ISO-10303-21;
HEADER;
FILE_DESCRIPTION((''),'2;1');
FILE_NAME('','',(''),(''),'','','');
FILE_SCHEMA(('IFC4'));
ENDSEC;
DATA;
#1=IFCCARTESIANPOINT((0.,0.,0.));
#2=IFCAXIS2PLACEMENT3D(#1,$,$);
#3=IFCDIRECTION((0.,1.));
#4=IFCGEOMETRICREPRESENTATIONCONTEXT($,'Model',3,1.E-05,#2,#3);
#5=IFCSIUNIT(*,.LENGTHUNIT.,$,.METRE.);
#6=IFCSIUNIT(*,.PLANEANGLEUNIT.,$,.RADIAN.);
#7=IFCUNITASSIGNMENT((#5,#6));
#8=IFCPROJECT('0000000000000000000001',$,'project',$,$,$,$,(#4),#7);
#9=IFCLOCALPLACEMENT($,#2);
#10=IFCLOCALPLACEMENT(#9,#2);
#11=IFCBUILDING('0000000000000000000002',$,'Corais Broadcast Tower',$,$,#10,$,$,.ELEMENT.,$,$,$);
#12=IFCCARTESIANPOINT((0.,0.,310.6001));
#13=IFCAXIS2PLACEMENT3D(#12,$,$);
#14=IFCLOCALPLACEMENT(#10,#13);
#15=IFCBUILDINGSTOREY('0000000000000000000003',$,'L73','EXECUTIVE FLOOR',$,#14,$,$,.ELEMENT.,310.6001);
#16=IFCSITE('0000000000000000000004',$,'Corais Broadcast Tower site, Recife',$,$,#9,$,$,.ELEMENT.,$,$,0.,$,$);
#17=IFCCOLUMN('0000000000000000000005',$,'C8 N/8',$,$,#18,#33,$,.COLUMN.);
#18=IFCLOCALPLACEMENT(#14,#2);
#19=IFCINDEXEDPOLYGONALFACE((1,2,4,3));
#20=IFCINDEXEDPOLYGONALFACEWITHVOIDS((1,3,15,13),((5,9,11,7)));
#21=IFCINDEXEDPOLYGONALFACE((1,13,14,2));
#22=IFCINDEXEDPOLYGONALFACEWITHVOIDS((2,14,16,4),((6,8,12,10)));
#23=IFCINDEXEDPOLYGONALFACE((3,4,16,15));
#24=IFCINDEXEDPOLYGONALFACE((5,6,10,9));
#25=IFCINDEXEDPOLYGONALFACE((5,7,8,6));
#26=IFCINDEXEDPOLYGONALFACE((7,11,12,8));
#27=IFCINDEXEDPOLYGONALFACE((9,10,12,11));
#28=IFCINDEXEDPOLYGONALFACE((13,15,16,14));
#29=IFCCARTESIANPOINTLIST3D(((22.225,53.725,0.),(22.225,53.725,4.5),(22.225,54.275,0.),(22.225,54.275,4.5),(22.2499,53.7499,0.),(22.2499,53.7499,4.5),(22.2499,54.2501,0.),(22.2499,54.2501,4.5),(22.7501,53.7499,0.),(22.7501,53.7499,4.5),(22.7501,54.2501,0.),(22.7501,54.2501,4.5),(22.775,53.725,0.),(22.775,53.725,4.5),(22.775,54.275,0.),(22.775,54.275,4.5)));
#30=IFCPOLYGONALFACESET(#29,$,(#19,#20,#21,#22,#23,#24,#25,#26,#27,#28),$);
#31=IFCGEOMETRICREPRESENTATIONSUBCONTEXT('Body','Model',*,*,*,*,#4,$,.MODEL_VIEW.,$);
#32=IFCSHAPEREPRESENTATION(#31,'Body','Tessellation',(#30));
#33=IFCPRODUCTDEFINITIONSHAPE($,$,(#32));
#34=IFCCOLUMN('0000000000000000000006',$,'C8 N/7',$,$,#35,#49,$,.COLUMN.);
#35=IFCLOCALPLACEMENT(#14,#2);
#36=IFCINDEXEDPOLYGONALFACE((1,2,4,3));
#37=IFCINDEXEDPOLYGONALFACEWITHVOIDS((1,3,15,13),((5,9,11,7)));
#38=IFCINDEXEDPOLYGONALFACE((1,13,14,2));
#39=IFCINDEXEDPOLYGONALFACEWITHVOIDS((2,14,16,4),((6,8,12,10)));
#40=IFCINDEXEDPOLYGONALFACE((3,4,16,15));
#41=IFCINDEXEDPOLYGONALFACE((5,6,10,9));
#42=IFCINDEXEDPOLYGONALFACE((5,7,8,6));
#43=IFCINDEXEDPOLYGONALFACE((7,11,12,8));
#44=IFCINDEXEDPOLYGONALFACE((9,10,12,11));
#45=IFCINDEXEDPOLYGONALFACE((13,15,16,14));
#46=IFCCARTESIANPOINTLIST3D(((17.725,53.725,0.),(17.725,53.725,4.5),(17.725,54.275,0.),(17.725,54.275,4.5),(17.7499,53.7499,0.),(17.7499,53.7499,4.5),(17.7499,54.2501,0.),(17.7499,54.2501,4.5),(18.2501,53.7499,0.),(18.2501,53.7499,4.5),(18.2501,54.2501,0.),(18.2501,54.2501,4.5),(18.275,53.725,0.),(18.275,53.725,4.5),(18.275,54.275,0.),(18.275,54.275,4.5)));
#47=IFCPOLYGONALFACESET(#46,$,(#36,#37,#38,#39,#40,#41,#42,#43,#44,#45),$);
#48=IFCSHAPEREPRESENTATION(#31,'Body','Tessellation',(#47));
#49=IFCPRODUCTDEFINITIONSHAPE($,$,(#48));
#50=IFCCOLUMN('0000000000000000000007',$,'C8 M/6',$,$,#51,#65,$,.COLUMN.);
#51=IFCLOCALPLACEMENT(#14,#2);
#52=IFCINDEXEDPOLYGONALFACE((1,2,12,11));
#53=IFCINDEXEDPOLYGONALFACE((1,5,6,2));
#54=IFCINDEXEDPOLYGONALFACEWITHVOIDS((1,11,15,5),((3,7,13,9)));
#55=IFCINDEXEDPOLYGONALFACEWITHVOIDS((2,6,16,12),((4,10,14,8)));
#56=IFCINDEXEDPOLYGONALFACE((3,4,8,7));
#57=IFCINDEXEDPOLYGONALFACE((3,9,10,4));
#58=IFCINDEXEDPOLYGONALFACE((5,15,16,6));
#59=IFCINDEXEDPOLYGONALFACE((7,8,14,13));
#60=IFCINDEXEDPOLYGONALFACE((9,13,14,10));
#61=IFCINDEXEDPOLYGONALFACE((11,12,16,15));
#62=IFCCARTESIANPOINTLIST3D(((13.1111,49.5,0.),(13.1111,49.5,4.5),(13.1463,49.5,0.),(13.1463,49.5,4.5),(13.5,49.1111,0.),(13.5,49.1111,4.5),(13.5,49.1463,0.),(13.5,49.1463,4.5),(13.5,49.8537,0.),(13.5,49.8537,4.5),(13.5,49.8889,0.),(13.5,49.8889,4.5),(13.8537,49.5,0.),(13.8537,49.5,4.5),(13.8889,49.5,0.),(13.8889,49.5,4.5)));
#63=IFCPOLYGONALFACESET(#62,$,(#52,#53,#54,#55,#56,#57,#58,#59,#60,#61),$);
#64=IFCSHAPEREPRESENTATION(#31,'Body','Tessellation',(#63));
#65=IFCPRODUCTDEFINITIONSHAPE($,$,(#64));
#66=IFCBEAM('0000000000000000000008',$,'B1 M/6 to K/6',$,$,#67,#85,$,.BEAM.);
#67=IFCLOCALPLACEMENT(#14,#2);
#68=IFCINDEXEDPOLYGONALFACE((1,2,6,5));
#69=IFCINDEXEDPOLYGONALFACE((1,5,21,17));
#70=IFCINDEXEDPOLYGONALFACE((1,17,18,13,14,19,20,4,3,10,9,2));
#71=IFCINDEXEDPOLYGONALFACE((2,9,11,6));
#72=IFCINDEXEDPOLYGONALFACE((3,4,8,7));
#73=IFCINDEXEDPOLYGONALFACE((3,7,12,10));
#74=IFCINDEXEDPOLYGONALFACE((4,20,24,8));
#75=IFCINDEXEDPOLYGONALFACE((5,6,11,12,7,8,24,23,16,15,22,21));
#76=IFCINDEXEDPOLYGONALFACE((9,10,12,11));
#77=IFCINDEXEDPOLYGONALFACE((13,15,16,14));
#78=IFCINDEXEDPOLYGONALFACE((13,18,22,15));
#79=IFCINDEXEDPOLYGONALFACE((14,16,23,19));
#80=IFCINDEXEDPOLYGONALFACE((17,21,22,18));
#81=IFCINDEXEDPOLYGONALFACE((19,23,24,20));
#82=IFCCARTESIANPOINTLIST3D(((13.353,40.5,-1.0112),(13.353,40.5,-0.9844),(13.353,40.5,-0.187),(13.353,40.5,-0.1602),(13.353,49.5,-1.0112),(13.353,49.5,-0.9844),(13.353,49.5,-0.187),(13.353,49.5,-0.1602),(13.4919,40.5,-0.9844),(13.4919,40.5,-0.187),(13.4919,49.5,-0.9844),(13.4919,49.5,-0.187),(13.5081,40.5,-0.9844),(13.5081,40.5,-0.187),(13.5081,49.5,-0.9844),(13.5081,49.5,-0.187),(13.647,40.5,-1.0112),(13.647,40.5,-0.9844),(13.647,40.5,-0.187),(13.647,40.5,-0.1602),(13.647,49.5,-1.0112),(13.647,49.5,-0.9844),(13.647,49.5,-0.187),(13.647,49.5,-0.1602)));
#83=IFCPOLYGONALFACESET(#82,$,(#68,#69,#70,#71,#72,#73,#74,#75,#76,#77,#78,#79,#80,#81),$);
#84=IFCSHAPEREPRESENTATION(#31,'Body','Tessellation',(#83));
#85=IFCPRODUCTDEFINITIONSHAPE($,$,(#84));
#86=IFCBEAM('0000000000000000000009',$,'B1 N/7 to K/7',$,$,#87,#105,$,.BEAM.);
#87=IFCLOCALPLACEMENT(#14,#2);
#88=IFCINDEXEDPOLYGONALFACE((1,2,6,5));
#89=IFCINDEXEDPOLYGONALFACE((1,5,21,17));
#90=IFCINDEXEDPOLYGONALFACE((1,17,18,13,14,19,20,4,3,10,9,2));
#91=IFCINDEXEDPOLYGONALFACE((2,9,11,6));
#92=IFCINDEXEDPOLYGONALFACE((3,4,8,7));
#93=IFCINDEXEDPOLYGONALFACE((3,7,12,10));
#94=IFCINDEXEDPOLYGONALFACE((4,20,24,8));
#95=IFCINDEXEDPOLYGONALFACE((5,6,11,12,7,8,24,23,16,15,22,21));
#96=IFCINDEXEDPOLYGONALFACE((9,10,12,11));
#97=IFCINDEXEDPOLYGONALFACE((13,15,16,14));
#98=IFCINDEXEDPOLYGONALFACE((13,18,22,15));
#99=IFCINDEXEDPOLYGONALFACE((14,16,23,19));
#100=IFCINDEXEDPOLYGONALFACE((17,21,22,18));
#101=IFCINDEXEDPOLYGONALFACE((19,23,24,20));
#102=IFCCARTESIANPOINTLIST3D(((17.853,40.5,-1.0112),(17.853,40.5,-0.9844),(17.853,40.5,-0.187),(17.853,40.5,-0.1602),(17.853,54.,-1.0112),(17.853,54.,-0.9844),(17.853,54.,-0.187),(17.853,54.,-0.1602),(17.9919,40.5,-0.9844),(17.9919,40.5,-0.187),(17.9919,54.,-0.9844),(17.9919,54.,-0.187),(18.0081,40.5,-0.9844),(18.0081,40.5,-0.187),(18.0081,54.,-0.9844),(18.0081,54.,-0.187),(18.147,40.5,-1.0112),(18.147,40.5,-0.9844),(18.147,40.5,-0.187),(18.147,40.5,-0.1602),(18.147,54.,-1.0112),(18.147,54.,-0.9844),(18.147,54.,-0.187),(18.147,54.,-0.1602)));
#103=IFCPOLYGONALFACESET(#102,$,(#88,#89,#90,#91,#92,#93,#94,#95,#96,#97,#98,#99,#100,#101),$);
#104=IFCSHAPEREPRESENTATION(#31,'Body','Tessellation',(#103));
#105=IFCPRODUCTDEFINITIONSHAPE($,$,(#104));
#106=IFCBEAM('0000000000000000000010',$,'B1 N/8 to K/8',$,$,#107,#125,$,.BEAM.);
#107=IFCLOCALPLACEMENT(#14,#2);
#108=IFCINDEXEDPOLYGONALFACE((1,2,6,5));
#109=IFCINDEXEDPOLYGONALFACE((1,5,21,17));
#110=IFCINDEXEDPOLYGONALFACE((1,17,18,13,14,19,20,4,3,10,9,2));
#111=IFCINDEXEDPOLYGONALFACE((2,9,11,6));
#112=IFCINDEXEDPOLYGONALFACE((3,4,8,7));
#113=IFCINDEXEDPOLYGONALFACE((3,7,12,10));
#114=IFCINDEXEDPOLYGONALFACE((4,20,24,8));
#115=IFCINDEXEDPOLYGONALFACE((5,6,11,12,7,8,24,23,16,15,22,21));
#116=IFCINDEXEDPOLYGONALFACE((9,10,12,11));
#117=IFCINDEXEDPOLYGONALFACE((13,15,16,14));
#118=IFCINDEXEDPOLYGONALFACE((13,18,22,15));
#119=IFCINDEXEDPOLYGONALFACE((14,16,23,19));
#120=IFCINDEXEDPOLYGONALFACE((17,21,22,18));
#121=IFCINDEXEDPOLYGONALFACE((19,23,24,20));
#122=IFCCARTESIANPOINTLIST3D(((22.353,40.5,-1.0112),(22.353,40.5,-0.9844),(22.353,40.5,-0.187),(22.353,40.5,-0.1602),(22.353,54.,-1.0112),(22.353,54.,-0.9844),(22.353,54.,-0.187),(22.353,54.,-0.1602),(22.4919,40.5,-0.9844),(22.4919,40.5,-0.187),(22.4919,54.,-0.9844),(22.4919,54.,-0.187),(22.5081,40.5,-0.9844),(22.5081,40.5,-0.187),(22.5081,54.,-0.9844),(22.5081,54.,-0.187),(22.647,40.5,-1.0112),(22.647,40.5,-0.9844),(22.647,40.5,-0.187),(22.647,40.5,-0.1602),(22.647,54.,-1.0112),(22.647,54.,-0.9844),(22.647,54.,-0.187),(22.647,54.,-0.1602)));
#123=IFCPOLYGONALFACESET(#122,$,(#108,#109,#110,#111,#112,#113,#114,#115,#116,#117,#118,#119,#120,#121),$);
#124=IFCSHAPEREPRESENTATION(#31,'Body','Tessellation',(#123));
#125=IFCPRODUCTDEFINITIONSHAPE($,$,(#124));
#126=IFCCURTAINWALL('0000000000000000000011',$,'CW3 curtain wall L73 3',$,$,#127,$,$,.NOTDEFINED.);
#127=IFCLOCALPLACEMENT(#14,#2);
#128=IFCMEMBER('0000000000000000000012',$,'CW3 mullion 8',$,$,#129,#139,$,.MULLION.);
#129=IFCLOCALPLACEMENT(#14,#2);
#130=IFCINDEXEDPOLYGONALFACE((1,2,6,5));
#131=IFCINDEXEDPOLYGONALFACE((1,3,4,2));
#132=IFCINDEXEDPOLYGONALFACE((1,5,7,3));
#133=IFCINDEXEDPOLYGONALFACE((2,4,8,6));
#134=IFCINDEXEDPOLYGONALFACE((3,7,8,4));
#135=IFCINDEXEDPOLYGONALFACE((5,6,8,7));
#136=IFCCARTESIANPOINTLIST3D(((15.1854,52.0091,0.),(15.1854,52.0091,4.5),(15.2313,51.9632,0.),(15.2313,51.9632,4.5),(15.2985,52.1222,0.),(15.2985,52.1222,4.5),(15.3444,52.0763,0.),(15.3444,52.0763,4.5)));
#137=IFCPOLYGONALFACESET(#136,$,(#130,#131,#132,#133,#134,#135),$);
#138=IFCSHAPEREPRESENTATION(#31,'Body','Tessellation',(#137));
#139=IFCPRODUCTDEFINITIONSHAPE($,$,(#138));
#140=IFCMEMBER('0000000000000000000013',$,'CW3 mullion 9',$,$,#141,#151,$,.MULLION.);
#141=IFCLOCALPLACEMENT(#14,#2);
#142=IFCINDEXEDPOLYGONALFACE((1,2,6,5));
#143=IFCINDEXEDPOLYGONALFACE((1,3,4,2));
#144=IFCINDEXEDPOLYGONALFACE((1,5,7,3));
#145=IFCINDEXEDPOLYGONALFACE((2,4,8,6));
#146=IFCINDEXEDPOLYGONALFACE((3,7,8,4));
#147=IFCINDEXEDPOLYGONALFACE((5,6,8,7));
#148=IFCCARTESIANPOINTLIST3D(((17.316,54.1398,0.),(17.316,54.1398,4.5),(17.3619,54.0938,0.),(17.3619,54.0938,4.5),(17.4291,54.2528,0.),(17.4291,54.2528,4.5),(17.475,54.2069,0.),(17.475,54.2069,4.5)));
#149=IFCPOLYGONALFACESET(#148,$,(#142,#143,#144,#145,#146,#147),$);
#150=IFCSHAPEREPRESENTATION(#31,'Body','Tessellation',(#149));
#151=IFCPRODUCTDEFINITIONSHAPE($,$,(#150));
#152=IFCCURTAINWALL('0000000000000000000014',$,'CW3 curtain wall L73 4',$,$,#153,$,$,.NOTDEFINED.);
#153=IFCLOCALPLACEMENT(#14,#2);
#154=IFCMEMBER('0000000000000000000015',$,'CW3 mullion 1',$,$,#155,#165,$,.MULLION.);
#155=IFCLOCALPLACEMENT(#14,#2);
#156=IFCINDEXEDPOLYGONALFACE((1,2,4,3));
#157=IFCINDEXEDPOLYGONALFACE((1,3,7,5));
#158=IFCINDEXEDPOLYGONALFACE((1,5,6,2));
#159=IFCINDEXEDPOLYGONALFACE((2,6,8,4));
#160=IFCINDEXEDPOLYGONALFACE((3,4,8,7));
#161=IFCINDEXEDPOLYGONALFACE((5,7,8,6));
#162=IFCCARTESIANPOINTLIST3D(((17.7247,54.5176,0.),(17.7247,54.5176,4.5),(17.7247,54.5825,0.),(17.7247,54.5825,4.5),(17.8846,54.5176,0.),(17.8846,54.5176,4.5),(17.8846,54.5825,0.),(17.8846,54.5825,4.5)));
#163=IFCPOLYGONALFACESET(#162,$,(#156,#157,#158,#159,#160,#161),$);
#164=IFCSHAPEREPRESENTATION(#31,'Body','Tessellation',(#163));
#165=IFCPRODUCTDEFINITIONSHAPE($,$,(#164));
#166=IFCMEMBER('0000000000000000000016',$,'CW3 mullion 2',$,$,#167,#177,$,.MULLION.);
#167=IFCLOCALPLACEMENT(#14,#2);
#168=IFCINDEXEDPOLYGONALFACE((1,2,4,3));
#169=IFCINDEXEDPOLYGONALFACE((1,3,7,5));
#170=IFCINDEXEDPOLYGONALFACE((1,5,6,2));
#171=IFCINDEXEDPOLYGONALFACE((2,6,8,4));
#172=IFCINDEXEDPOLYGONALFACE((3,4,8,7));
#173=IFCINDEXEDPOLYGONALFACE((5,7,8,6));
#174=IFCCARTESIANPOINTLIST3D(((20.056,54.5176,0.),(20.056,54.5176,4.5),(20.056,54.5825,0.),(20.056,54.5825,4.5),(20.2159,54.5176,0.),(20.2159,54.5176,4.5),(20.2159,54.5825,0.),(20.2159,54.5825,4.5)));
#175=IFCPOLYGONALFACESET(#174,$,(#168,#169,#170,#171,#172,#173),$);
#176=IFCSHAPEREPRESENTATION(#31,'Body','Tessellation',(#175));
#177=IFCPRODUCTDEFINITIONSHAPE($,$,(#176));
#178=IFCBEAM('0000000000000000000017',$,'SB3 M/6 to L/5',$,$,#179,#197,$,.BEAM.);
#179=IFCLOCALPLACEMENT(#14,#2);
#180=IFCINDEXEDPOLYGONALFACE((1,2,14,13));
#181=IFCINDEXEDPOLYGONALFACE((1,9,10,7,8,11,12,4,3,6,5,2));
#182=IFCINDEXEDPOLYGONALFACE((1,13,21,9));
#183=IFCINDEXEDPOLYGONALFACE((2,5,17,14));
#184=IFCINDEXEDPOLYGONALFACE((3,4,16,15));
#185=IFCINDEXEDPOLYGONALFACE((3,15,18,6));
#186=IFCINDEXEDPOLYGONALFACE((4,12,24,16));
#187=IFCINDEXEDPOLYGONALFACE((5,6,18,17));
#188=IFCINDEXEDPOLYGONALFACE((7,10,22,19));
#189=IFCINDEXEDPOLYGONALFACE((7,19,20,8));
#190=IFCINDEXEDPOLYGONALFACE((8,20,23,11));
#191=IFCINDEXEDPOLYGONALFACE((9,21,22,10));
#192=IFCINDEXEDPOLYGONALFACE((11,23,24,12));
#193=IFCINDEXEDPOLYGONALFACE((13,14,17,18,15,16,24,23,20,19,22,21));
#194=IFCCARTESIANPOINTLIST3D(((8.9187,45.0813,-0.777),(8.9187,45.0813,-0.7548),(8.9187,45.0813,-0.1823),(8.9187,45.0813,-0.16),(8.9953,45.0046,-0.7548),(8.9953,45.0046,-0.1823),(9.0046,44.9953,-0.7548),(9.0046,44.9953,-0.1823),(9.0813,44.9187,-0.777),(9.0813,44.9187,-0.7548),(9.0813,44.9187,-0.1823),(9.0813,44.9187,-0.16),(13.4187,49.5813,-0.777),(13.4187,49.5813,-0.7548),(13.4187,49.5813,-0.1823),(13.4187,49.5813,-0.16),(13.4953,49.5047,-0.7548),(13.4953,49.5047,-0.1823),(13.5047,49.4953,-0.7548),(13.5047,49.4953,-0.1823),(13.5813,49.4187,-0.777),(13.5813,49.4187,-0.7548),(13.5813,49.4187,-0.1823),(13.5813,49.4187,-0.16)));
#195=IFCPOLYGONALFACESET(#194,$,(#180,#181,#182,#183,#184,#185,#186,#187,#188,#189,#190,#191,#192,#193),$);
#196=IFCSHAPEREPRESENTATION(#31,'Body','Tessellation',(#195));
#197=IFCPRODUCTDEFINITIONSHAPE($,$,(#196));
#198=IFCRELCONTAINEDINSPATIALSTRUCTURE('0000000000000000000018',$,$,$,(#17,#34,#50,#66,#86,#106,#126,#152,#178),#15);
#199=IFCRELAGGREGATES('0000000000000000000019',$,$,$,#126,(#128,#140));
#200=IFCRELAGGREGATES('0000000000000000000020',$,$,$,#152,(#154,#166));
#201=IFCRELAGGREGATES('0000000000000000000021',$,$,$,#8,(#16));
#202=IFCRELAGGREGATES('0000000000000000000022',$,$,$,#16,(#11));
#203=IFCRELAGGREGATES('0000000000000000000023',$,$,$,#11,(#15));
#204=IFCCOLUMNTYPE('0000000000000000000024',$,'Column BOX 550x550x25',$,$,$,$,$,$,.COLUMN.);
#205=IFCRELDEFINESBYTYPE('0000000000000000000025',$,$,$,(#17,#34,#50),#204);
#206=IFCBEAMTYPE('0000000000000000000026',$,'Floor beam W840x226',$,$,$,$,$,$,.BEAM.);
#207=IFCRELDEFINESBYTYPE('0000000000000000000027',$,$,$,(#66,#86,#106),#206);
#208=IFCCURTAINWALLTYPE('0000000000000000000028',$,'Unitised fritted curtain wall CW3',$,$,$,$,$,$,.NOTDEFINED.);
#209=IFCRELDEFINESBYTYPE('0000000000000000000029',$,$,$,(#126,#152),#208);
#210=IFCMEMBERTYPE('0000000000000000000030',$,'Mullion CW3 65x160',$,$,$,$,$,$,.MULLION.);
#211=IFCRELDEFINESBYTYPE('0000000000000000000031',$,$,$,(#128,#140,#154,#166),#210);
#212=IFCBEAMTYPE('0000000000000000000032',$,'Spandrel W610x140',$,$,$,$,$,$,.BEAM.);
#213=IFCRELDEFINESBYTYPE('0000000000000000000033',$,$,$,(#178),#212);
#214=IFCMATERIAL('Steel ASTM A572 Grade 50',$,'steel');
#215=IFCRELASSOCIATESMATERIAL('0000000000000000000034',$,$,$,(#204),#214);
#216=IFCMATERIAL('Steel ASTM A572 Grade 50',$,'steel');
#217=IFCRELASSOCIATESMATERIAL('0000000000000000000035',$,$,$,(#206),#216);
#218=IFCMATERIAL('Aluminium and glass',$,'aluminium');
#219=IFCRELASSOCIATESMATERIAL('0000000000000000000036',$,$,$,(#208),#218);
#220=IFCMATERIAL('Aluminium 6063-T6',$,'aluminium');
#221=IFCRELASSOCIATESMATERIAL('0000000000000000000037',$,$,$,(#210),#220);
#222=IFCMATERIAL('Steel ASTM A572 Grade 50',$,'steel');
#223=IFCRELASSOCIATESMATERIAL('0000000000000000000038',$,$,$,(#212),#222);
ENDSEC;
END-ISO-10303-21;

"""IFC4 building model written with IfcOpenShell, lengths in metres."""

from ifc_helpers import new_model, si_unit, direction, frame, origin, origin_2d, place, context, subcontext, project, spatial, rectangle, hollow_rectangle, i_section, extrude, material, material_profile, profile_set, type_object, element, aggregate, save


model = new_model("IFC4")

# Units and contexts
model_context = context("Model", 3, precision=1e-05, world=origin(), true_north=direction((0.0, 1.0)))
body_context = subcontext(model_context, "Body", "Model", "MODEL_VIEW")
ifc_project = project(units=[si_unit("LENGTHUNIT", "METRE"), si_unit("PLANEANGLEUNIT", "RADIAN")], contexts=[model_context])

# Site, building, storey
site_placement = place(None, origin())
site = spatial("IfcSite", under=ifc_project, at=site_placement, Name="Corais Broadcast Tower site, Recife", CompositionType="ELEMENT", RefElevation=0.0)
building_placement = place(site_placement, origin())
building = spatial("IfcBuilding", under=site, at=building_placement, Name="Corais Broadcast Tower", CompositionType="ELEMENT")
storey_placement = place(building_placement, frame((0.0, 0.0, 310.6001)))
storey = spatial("IfcBuildingStorey", under=building, at=storey_placement, Name="L73", Description="EXECUTIVE FLOOR", CompositionType="ELEMENT", Elevation=310.6001)

# Columns
ifc_material_1 = material(Name="Steel ASTM A572 Grade 50", Category="steel")
ifc_material_profile_1 = material_profile(ifc_material_1, hollow_rectangle(XDim=0.55, YDim=0.55, WallThickness=0.0249, at=origin_2d()), Name="BOX 550x550x25")
ifc_profile_set_1 = profile_set([ifc_material_profile_1], Name="Steel ASTM A572 Grade 50")
column_type = type_object("IfcColumnType", Name="Column BOX 550x550x25", PredefinedType="COLUMN", material=ifc_profile_set_1)
for number, where, z_axis, x_axis, name in (
    (1, (22.5, 54.0, 0.0), (0.0, 0.0, 1.0), (1.0, 0.0, 0.0), "C8 N/8"),
    (2, (18.0, 54.0, 0.0), (0.0, 0.0, 1.0), (1.0, 0.0, 0.0), "C8 N/7"),
    (3, (13.5, 49.5, 0.0), (0.0, 0.0, 1.0), (0.707107, 0.707107, 0.0), "C8 M/6"),
):
    element("IfcColumn", number, at=place(storey_placement, frame(where, z_axis=z_axis, x_axis=x_axis)), inside=storey, type_object=column_type, Name=name, PredefinedType="COLUMN", context=body_context, shape_type="SweptSolid", body=[
        extrude(hollow_rectangle(XDim=0.55, YDim=0.55, WallThickness=0.0249, at=origin_2d()), origin(), (0.0, 0.0, 1.0), 4.5),
    ])

# Beams
ifc_material_2 = material(Name="Steel ASTM A572 Grade 50", Category="steel")
ifc_material_profile_2 = material_profile(ifc_material_2, i_section(OverallWidth=0.2939, OverallDepth=0.8511, WebThickness=0.0161, FlangeThickness=0.0269, at=origin_2d()), Name="W840x226")
ifc_profile_set_2 = profile_set([ifc_material_profile_2], Name="Steel ASTM A572 Grade 50")
beam_type_1 = type_object("IfcBeamType", Name="Floor beam W840x226", PredefinedType="BEAM", material=ifc_profile_set_2)
beam_placement = place(storey_placement, frame((13.5, 49.5, -0.5857), z_axis=(0.0, -1.0, 0.0), x_axis=(1.0, 0.0, 0.0)))
element("IfcBeam", 4, at=beam_placement, inside=storey, type_object=beam_type_1, Name="B1 M/6 to K/6", PredefinedType="BEAM", context=body_context, shape_type="SweptSolid", body=[
    extrude(i_section(OverallWidth=0.2939, OverallDepth=0.8511, WebThickness=0.0161, FlangeThickness=0.0269, at=origin_2d()), origin(), (0.0, 0.0, 1.0), 9.0),
])
for number, where, z_axis, x_axis, name in (
    (5, (18.0, 54.0, -0.5857), (0.0, -1.0, 0.0), (1.0, 0.0, 0.0), "B1 N/7 to K/7"),
    (6, (22.5, 54.0, -0.5857), (0.0, -1.0, 0.0), (1.0, 0.0, 0.0), "B1 N/8 to K/8"),
):
    element("IfcBeam", number, at=place(storey_placement, frame(where, z_axis=z_axis, x_axis=x_axis)), inside=storey, type_object=beam_type_1, Name=name, PredefinedType="BEAM", context=body_context, shape_type="SweptSolid", body=[
        extrude(i_section(OverallWidth=0.2939, OverallDepth=0.8511, WebThickness=0.0161, FlangeThickness=0.0269, at=origin_2d()), origin(), (0.0, 0.0, 1.0), 13.5),
    ])

# Curtain walls, members
ifc_material_3 = material(Name="Aluminium and glass", Category="aluminium")
curtain_wall_type = type_object("IfcCurtainWallType", Name="Unitised fritted curtain wall CW3", PredefinedType="NOTDEFINED", material=ifc_material_3)
curtain_wall_1_placement = place(storey_placement, origin())
curtain_wall_1 = element("IfcCurtainWall", 7, at=curtain_wall_1_placement, inside=storey, type_object=curtain_wall_type, Name="CW3 curtain wall L73 3", PredefinedType="NOTDEFINED")
ifc_material_4 = material(Name="Aluminium 6063-T6", Category="aluminium")
ifc_material_profile_3 = material_profile(ifc_material_4, rectangle(XDim=0.0649, YDim=0.1599, at=origin_2d()), Name="Mullion CW3 65x160")
ifc_profile_set_3 = profile_set([ifc_material_profile_3], Name="Aluminium 6063-T6")
member_type_1 = type_object("IfcMemberType", Name="Mullion CW3 65x160", PredefinedType="MULLION", material=ifc_profile_set_3)
member_1_placement = place(storey_placement, frame((15.2649, 52.0427, 0.0), z_axis=(0.0, 0.0, 1.0), x_axis=(-0.707107, 0.707107, 0.0)))
member_1 = element("IfcMember", 8, at=member_1_placement, type_object=member_type_1, Name="CW3 mullion 8", PredefinedType="MULLION", context=body_context, shape_type="SweptSolid", body=[
    extrude(rectangle(XDim=0.0649, YDim=0.1599, at=origin_2d()), origin(), (0.0, 0.0, 1.0), 4.5),
])
member_2_placement = place(storey_placement, frame((17.3955, 54.1733, 0.0), z_axis=(0.0, 0.0, 1.0), x_axis=(-0.707107, 0.707107, 0.0)))
member_2 = element("IfcMember", 9, at=member_2_placement, type_object=member_type_1, Name="CW3 mullion 9", PredefinedType="MULLION", context=body_context, shape_type="SweptSolid", body=[
    extrude(rectangle(XDim=0.0649, YDim=0.1599, at=origin_2d()), origin(), (0.0, 0.0, 1.0), 4.5),
])
curtain_wall_2_placement = place(storey_placement, origin())
curtain_wall_2 = element("IfcCurtainWall", 10, at=curtain_wall_2_placement, inside=storey, type_object=curtain_wall_type, Name="CW3 curtain wall L73 4", PredefinedType="NOTDEFINED")
member_3_placement = place(storey_placement, frame((17.8047, 54.55, 0.0), z_axis=(0.0, 0.0, 1.0), x_axis=(0.0, 1.0, 0.0)))
member_3 = element("IfcMember", 11, at=member_3_placement, type_object=member_type_1, Name="CW3 mullion 1", PredefinedType="MULLION", context=body_context, shape_type="SweptSolid", body=[
    extrude(rectangle(XDim=0.0649, YDim=0.1599, at=origin_2d()), origin(), (0.0, 0.0, 1.0), 4.5),
])
member_4_placement = place(storey_placement, frame((20.136, 54.55, 0.0), z_axis=(0.0, 0.0, 1.0), x_axis=(0.0, 1.0, 0.0)))
member_4 = element("IfcMember", 12, at=member_4_placement, type_object=member_type_1, Name="CW3 mullion 2", PredefinedType="MULLION", context=body_context, shape_type="SweptSolid", body=[
    extrude(rectangle(XDim=0.0649, YDim=0.1599, at=origin_2d()), origin(), (0.0, 0.0, 1.0), 4.5),
])

# Beam
ifc_material_5 = material(Name="Steel ASTM A572 Grade 50", Category="steel")
ifc_material_profile_4 = material_profile(ifc_material_5, i_section(OverallWidth=0.23, OverallDepth=0.6169, WebThickness=0.0132, FlangeThickness=0.0222, at=origin_2d()), Name="W610x140")
ifc_profile_set_4 = profile_set([ifc_material_profile_4], Name="Steel ASTM A572 Grade 50")
beam_type_2 = type_object("IfcBeamType", Name="Spandrel W610x140", PredefinedType="BEAM", material=ifc_profile_set_4)
for number, where, z_axis, x_axis, name in (
    (13, (13.5, 49.5, -0.4685), (-0.707107, -0.707107, 0.0), (0.707107, -0.707107, 0.0), "SB3 M/6 to L/5"),
):
    element("IfcBeam", number, at=place(storey_placement, frame(where, z_axis=z_axis, x_axis=x_axis)), inside=storey, type_object=beam_type_2, Name=name, PredefinedType="BEAM", context=body_context, shape_type="SweptSolid", body=[
        extrude(i_section(OverallWidth=0.23, OverallDepth=0.6169, WebThickness=0.0132, FlangeThickness=0.0222, at=origin_2d()), origin(), (0.0, 0.0, 1.0), 6.364),
    ])

aggregate(curtain_wall_1, [member_1, member_2])
aggregate(curtain_wall_2, [member_3, member_4])

save(model, "model.ifc")
